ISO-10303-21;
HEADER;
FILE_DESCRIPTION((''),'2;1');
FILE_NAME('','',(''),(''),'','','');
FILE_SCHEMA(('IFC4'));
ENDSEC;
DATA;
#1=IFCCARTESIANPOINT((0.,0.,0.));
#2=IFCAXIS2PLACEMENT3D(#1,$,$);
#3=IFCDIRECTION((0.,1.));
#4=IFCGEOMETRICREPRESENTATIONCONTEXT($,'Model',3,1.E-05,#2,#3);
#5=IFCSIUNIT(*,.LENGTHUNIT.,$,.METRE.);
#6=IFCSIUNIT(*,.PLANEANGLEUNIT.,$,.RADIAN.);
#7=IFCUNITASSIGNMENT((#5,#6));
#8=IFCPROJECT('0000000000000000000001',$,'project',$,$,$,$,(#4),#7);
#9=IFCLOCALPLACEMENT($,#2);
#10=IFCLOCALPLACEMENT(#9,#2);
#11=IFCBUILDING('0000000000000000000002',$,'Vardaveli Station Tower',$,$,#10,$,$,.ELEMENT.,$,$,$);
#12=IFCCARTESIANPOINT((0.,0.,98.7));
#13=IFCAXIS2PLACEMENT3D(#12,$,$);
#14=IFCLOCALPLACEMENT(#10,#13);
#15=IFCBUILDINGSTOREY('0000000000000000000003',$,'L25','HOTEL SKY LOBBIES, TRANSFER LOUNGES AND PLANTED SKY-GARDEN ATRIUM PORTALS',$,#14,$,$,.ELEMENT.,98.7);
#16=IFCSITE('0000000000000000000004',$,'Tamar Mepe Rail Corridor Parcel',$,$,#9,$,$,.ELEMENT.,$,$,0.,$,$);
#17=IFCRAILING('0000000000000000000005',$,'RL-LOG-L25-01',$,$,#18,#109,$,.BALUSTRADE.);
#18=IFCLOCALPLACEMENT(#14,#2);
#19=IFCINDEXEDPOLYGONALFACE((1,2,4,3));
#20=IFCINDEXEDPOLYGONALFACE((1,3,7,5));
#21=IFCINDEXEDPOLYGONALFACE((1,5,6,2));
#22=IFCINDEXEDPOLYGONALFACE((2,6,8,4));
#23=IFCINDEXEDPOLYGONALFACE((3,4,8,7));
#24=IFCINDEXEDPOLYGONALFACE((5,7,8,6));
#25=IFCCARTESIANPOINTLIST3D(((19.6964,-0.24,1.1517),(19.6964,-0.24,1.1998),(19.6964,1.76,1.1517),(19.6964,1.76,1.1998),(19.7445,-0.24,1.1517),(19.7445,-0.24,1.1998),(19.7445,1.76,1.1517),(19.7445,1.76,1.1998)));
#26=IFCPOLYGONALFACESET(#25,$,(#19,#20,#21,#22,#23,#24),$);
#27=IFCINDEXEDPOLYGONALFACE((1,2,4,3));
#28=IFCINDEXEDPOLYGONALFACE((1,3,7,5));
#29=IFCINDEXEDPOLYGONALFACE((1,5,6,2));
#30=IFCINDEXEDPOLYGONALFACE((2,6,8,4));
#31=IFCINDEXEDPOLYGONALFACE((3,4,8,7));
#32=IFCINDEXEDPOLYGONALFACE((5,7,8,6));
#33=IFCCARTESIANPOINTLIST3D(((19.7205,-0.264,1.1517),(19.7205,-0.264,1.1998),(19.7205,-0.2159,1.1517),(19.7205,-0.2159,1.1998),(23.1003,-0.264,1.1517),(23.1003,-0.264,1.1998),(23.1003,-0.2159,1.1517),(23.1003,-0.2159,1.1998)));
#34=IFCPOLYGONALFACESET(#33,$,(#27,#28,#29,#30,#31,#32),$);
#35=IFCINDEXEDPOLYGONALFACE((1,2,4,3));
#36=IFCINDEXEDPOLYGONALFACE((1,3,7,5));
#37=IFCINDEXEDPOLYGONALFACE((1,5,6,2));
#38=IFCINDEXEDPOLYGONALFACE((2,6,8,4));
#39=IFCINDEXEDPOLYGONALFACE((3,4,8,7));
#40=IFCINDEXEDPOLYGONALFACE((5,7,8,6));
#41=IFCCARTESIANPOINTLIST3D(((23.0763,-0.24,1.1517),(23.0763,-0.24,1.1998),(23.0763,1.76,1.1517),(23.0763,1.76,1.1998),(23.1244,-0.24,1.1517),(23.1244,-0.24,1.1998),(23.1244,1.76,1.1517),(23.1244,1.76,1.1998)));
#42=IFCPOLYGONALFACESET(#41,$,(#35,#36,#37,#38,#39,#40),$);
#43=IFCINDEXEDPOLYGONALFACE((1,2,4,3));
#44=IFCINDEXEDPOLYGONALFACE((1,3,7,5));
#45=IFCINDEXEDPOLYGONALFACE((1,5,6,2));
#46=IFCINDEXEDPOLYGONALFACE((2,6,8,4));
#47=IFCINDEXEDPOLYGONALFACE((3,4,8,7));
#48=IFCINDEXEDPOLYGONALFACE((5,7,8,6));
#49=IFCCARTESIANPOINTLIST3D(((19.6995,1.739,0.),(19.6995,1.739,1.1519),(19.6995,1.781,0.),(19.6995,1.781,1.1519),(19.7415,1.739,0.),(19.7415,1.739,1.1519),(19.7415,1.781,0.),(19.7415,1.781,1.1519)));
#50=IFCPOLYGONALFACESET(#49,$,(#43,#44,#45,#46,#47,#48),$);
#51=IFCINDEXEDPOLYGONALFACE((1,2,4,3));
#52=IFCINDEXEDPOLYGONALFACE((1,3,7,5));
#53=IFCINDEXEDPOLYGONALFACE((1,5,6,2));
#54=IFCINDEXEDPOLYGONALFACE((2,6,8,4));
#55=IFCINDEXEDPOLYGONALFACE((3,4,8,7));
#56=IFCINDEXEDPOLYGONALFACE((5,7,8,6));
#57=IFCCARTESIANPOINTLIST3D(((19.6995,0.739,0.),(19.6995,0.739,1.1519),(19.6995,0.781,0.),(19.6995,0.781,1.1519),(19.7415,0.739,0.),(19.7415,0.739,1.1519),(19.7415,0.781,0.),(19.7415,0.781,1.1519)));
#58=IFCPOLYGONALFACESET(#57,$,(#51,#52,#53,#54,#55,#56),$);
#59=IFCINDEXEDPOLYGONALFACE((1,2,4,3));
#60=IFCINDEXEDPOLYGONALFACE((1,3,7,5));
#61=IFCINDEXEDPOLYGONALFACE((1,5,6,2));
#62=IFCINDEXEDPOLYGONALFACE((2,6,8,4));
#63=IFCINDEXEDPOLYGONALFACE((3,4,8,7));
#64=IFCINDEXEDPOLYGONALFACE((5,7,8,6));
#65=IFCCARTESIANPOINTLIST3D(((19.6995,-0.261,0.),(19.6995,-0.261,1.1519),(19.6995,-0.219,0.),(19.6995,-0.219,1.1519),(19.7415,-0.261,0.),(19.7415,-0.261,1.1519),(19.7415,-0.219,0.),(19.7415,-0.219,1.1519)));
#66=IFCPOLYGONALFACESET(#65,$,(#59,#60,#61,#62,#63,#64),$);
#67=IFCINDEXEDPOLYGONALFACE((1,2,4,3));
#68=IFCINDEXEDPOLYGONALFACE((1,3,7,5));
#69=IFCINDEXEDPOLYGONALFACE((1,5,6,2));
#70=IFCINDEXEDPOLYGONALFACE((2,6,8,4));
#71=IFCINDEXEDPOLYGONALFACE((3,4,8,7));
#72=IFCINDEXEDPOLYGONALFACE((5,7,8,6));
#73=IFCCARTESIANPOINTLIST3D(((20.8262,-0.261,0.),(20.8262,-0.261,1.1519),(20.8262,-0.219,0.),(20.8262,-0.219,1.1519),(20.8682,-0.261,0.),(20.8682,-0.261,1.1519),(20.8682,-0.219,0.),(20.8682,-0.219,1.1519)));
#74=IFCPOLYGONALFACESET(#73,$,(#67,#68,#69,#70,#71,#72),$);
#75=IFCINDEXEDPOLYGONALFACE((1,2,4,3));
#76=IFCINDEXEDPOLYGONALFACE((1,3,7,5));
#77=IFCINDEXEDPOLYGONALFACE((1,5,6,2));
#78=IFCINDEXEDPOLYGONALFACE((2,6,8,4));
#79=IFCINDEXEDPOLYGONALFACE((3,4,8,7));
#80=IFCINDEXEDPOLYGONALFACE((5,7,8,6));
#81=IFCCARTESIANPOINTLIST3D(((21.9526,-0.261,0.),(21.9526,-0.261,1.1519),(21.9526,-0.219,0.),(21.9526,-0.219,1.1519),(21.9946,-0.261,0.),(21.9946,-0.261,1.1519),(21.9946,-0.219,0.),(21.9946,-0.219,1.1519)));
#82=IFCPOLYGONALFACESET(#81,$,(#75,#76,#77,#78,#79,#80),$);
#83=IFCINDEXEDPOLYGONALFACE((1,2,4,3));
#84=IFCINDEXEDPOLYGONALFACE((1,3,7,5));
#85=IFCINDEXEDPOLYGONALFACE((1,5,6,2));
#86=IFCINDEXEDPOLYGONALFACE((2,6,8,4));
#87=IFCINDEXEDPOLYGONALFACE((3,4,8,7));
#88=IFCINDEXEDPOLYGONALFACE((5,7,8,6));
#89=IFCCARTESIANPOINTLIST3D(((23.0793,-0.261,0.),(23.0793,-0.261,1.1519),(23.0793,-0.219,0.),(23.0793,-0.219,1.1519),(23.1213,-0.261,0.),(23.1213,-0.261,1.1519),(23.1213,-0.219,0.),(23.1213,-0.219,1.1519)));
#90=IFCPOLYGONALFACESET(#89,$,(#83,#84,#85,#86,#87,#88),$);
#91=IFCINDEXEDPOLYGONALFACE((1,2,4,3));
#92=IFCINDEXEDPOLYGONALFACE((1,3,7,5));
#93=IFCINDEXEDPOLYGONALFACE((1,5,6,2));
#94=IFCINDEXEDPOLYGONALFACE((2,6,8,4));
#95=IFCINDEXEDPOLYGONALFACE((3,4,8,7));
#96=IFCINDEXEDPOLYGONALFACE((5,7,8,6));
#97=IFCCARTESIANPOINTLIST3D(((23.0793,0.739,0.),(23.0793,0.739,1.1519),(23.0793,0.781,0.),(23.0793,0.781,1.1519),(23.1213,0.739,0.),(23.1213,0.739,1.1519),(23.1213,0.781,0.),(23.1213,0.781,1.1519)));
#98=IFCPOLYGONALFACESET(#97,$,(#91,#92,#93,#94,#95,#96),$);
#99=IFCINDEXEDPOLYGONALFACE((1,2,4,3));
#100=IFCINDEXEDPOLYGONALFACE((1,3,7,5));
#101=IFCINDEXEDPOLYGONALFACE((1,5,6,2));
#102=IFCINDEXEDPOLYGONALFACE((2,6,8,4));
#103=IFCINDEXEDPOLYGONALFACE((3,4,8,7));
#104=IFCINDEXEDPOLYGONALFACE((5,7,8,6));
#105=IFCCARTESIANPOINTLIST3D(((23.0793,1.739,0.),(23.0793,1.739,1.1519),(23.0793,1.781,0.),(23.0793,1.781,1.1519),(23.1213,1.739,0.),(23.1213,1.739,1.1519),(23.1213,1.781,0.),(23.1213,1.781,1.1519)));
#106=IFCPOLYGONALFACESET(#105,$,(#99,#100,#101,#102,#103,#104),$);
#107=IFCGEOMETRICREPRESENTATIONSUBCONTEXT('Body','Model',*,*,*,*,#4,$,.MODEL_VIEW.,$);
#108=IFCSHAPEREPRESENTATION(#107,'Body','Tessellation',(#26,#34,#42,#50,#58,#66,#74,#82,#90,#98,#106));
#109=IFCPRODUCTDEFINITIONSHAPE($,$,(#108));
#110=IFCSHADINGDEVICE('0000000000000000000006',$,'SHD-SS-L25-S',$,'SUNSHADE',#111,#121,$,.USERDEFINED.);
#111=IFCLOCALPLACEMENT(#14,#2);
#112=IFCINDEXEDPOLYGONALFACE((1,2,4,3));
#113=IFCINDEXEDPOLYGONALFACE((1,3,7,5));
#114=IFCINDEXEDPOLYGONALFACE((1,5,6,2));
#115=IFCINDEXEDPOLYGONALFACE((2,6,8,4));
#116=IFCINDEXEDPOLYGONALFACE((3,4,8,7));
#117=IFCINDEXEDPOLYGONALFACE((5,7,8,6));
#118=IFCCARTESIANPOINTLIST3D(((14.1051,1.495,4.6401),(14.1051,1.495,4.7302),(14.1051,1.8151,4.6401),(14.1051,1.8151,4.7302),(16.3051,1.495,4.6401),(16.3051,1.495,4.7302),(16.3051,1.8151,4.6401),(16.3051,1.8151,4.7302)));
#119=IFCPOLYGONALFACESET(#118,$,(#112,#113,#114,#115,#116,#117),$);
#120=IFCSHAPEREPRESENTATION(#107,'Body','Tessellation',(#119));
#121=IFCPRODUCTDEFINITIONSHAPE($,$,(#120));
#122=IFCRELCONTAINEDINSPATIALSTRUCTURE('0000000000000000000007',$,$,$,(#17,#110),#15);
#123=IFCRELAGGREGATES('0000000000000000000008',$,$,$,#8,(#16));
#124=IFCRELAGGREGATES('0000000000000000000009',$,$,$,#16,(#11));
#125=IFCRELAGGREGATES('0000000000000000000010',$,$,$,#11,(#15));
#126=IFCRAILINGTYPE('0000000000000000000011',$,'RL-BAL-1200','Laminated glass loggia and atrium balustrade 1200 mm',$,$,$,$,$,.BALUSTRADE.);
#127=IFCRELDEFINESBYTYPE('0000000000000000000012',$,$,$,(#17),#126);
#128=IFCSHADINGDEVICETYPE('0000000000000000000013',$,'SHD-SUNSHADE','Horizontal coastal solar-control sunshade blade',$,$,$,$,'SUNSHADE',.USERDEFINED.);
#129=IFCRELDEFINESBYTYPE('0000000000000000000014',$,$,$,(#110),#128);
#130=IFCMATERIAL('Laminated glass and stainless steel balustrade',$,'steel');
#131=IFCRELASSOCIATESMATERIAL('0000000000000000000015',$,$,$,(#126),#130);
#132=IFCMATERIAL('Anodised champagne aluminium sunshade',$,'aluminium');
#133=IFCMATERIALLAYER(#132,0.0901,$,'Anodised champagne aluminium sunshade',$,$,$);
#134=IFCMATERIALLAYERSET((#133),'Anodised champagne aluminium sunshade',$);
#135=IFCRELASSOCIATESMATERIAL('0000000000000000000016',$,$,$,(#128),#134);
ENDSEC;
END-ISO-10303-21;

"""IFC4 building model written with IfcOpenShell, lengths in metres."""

from ifc_helpers import new_model, si_unit, direction, frame, origin, origin_2d, place, context, subcontext, project, spatial, rectangle, extrude, source, transform, mapped, material, layer, layer_set, type_object, element, save


model = new_model("IFC4")

# Units and contexts
model_context = context("Model", 3, precision=1e-05, world=origin(), true_north=direction((0.0, 1.0)))
body_context = subcontext(model_context, "Body", "Model", "MODEL_VIEW")
ifc_project = project(units=[si_unit("LENGTHUNIT", "METRE"), si_unit("PLANEANGLEUNIT", "RADIAN")], contexts=[model_context])

# Site, building, storey
site_placement = place(None, origin())
site = spatial("IfcSite", under=ifc_project, at=site_placement, Name="Tamar Mepe Rail Corridor Parcel", CompositionType="ELEMENT", RefElevation=0.0)
building_placement = place(site_placement, origin())
building = spatial("IfcBuilding", under=site, at=building_placement, Name="Vardaveli Station Tower", CompositionType="ELEMENT")
storey_placement = place(building_placement, frame((0.0, 0.0, 98.7)))
storey = spatial("IfcBuildingStorey", under=building, at=storey_placement, Name="L25", Description="HOTEL SKY LOBBIES, TRANSFER LOUNGES AND PLANTED SKY-GARDEN ATRIUM PORTALS", CompositionType="ELEMENT", Elevation=98.7)

# Railing
ifc_material_1 = material(Name="Laminated glass and stainless steel balustrade", Category="steel")
railing_type = type_object("IfcRailingType", Name="RL-BAL-1200", Description="Laminated glass loggia and atrium balustrade 1200 mm", PredefinedType="BALUSTRADE", material=ifc_material_1)
shared_shape_1 = source(origin(), body_context, "Body", "SweptSolid", [
    extrude(rectangle(XDim=0.0481, YDim=0.0481, at=origin_2d()), frame((0.0, 0.0, 1.1758), z_axis=(0.0, -1.0, 0.0), x_axis=(1.0, 0.0, 0.0)), (0.0, 0.0, 1.0), 2.0),
    extrude(rectangle(XDim=0.0481, YDim=0.0481, at=origin_2d()), frame((0.0, -2.0, 1.1758), z_axis=(1.0, 0.0, 0.0), x_axis=(0.0, 1.0, 0.0)), (0.0, 0.0, 1.0), 3.3799),
    extrude(rectangle(XDim=0.0481, YDim=0.0481, at=origin_2d()), frame((3.3799, -2.0, 1.1758), z_axis=(0.0, 1.0, 0.0), x_axis=(-1.0, 0.0, 0.0)), (0.0, 0.0, 1.0), 2.0),
    extrude(rectangle(XDim=0.042, YDim=0.042, at=origin_2d()), origin(), (0.0, 0.0, 1.0), 1.1519),
    extrude(rectangle(XDim=0.042, YDim=0.042, at=origin_2d()), frame((0.0, -1.0, 0.0)), (0.0, 0.0, 1.0), 1.1519),
    extrude(rectangle(XDim=0.042, YDim=0.042, at=origin_2d()), frame((0.0, -2.0, 0.0)), (0.0, 0.0, 1.0), 1.1519),
    extrude(rectangle(XDim=0.042, YDim=0.042, at=origin_2d()), frame((1.1267, -2.0, 0.0)), (0.0, 0.0, 1.0), 1.1519),
    extrude(rectangle(XDim=0.042, YDim=0.042, at=origin_2d()), frame((2.2532, -2.0, 0.0)), (0.0, 0.0, 1.0), 1.1519),
    extrude(rectangle(XDim=0.042, YDim=0.042, at=origin_2d()), frame((3.3799, -2.0, 0.0)), (0.0, 0.0, 1.0), 1.1519),
    extrude(rectangle(XDim=0.042, YDim=0.042, at=origin_2d()), frame((3.3799, -1.0, 0.0)), (0.0, 0.0, 1.0), 1.1519),
    extrude(rectangle(XDim=0.042, YDim=0.042, at=origin_2d()), frame((3.3799, 0.0, 0.0)), (0.0, 0.0, 1.0), 1.1519),
])
railing_placement = place(storey_placement, frame((19.7205, 1.76, 0.0)))
element("IfcRailing", 1, at=railing_placement, inside=storey, type_object=railing_type, Name="RL-LOG-L25-01", PredefinedType="BALUSTRADE", context=body_context, shape_type="MappedRepresentation", body=[
    mapped(shared_shape_1, transform((0.0, 0.0, 0.0), scale=1.0)),
])

# Shading device
ifc_material_2 = material(Name="Anodised champagne aluminium sunshade", Category="aluminium")
ifc_layer_1 = layer(ifc_material_2, 0.0901, Name="Anodised champagne aluminium sunshade")
ifc_layer_set_1 = layer_set([ifc_layer_1], Name="Anodised champagne aluminium sunshade")
shading_device_type = type_object("IfcShadingDeviceType", Name="SHD-SUNSHADE", Description="Horizontal coastal solar-control sunshade blade", ElementType="SUNSHADE", PredefinedType="USERDEFINED", material=ifc_layer_set_1)
shared_shape_2 = source(origin(), body_context, "Body", "SweptSolid", [
    extrude(rectangle(XDim=2.2, YDim=0.3201, at=origin_2d()), origin(), (0.0, 0.0, 1.0), 0.0901),
])
shading_device_placement = place(storey_placement, frame((15.2051, 1.655, 4.6401), z_axis=(0.0, 0.0, 1.0), x_axis=(1.0, 0.0, 0.0)))
element("IfcShadingDevice", 2, at=shading_device_placement, inside=storey, type_object=shading_device_type, Name="SHD-SS-L25-S", ObjectType="SUNSHADE", PredefinedType="USERDEFINED", context=body_context, shape_type="MappedRepresentation", body=[
    mapped(shared_shape_2, transform((0.0, 0.0, 0.0), scale=1.0)),
])

save(model, "model.ifc")
